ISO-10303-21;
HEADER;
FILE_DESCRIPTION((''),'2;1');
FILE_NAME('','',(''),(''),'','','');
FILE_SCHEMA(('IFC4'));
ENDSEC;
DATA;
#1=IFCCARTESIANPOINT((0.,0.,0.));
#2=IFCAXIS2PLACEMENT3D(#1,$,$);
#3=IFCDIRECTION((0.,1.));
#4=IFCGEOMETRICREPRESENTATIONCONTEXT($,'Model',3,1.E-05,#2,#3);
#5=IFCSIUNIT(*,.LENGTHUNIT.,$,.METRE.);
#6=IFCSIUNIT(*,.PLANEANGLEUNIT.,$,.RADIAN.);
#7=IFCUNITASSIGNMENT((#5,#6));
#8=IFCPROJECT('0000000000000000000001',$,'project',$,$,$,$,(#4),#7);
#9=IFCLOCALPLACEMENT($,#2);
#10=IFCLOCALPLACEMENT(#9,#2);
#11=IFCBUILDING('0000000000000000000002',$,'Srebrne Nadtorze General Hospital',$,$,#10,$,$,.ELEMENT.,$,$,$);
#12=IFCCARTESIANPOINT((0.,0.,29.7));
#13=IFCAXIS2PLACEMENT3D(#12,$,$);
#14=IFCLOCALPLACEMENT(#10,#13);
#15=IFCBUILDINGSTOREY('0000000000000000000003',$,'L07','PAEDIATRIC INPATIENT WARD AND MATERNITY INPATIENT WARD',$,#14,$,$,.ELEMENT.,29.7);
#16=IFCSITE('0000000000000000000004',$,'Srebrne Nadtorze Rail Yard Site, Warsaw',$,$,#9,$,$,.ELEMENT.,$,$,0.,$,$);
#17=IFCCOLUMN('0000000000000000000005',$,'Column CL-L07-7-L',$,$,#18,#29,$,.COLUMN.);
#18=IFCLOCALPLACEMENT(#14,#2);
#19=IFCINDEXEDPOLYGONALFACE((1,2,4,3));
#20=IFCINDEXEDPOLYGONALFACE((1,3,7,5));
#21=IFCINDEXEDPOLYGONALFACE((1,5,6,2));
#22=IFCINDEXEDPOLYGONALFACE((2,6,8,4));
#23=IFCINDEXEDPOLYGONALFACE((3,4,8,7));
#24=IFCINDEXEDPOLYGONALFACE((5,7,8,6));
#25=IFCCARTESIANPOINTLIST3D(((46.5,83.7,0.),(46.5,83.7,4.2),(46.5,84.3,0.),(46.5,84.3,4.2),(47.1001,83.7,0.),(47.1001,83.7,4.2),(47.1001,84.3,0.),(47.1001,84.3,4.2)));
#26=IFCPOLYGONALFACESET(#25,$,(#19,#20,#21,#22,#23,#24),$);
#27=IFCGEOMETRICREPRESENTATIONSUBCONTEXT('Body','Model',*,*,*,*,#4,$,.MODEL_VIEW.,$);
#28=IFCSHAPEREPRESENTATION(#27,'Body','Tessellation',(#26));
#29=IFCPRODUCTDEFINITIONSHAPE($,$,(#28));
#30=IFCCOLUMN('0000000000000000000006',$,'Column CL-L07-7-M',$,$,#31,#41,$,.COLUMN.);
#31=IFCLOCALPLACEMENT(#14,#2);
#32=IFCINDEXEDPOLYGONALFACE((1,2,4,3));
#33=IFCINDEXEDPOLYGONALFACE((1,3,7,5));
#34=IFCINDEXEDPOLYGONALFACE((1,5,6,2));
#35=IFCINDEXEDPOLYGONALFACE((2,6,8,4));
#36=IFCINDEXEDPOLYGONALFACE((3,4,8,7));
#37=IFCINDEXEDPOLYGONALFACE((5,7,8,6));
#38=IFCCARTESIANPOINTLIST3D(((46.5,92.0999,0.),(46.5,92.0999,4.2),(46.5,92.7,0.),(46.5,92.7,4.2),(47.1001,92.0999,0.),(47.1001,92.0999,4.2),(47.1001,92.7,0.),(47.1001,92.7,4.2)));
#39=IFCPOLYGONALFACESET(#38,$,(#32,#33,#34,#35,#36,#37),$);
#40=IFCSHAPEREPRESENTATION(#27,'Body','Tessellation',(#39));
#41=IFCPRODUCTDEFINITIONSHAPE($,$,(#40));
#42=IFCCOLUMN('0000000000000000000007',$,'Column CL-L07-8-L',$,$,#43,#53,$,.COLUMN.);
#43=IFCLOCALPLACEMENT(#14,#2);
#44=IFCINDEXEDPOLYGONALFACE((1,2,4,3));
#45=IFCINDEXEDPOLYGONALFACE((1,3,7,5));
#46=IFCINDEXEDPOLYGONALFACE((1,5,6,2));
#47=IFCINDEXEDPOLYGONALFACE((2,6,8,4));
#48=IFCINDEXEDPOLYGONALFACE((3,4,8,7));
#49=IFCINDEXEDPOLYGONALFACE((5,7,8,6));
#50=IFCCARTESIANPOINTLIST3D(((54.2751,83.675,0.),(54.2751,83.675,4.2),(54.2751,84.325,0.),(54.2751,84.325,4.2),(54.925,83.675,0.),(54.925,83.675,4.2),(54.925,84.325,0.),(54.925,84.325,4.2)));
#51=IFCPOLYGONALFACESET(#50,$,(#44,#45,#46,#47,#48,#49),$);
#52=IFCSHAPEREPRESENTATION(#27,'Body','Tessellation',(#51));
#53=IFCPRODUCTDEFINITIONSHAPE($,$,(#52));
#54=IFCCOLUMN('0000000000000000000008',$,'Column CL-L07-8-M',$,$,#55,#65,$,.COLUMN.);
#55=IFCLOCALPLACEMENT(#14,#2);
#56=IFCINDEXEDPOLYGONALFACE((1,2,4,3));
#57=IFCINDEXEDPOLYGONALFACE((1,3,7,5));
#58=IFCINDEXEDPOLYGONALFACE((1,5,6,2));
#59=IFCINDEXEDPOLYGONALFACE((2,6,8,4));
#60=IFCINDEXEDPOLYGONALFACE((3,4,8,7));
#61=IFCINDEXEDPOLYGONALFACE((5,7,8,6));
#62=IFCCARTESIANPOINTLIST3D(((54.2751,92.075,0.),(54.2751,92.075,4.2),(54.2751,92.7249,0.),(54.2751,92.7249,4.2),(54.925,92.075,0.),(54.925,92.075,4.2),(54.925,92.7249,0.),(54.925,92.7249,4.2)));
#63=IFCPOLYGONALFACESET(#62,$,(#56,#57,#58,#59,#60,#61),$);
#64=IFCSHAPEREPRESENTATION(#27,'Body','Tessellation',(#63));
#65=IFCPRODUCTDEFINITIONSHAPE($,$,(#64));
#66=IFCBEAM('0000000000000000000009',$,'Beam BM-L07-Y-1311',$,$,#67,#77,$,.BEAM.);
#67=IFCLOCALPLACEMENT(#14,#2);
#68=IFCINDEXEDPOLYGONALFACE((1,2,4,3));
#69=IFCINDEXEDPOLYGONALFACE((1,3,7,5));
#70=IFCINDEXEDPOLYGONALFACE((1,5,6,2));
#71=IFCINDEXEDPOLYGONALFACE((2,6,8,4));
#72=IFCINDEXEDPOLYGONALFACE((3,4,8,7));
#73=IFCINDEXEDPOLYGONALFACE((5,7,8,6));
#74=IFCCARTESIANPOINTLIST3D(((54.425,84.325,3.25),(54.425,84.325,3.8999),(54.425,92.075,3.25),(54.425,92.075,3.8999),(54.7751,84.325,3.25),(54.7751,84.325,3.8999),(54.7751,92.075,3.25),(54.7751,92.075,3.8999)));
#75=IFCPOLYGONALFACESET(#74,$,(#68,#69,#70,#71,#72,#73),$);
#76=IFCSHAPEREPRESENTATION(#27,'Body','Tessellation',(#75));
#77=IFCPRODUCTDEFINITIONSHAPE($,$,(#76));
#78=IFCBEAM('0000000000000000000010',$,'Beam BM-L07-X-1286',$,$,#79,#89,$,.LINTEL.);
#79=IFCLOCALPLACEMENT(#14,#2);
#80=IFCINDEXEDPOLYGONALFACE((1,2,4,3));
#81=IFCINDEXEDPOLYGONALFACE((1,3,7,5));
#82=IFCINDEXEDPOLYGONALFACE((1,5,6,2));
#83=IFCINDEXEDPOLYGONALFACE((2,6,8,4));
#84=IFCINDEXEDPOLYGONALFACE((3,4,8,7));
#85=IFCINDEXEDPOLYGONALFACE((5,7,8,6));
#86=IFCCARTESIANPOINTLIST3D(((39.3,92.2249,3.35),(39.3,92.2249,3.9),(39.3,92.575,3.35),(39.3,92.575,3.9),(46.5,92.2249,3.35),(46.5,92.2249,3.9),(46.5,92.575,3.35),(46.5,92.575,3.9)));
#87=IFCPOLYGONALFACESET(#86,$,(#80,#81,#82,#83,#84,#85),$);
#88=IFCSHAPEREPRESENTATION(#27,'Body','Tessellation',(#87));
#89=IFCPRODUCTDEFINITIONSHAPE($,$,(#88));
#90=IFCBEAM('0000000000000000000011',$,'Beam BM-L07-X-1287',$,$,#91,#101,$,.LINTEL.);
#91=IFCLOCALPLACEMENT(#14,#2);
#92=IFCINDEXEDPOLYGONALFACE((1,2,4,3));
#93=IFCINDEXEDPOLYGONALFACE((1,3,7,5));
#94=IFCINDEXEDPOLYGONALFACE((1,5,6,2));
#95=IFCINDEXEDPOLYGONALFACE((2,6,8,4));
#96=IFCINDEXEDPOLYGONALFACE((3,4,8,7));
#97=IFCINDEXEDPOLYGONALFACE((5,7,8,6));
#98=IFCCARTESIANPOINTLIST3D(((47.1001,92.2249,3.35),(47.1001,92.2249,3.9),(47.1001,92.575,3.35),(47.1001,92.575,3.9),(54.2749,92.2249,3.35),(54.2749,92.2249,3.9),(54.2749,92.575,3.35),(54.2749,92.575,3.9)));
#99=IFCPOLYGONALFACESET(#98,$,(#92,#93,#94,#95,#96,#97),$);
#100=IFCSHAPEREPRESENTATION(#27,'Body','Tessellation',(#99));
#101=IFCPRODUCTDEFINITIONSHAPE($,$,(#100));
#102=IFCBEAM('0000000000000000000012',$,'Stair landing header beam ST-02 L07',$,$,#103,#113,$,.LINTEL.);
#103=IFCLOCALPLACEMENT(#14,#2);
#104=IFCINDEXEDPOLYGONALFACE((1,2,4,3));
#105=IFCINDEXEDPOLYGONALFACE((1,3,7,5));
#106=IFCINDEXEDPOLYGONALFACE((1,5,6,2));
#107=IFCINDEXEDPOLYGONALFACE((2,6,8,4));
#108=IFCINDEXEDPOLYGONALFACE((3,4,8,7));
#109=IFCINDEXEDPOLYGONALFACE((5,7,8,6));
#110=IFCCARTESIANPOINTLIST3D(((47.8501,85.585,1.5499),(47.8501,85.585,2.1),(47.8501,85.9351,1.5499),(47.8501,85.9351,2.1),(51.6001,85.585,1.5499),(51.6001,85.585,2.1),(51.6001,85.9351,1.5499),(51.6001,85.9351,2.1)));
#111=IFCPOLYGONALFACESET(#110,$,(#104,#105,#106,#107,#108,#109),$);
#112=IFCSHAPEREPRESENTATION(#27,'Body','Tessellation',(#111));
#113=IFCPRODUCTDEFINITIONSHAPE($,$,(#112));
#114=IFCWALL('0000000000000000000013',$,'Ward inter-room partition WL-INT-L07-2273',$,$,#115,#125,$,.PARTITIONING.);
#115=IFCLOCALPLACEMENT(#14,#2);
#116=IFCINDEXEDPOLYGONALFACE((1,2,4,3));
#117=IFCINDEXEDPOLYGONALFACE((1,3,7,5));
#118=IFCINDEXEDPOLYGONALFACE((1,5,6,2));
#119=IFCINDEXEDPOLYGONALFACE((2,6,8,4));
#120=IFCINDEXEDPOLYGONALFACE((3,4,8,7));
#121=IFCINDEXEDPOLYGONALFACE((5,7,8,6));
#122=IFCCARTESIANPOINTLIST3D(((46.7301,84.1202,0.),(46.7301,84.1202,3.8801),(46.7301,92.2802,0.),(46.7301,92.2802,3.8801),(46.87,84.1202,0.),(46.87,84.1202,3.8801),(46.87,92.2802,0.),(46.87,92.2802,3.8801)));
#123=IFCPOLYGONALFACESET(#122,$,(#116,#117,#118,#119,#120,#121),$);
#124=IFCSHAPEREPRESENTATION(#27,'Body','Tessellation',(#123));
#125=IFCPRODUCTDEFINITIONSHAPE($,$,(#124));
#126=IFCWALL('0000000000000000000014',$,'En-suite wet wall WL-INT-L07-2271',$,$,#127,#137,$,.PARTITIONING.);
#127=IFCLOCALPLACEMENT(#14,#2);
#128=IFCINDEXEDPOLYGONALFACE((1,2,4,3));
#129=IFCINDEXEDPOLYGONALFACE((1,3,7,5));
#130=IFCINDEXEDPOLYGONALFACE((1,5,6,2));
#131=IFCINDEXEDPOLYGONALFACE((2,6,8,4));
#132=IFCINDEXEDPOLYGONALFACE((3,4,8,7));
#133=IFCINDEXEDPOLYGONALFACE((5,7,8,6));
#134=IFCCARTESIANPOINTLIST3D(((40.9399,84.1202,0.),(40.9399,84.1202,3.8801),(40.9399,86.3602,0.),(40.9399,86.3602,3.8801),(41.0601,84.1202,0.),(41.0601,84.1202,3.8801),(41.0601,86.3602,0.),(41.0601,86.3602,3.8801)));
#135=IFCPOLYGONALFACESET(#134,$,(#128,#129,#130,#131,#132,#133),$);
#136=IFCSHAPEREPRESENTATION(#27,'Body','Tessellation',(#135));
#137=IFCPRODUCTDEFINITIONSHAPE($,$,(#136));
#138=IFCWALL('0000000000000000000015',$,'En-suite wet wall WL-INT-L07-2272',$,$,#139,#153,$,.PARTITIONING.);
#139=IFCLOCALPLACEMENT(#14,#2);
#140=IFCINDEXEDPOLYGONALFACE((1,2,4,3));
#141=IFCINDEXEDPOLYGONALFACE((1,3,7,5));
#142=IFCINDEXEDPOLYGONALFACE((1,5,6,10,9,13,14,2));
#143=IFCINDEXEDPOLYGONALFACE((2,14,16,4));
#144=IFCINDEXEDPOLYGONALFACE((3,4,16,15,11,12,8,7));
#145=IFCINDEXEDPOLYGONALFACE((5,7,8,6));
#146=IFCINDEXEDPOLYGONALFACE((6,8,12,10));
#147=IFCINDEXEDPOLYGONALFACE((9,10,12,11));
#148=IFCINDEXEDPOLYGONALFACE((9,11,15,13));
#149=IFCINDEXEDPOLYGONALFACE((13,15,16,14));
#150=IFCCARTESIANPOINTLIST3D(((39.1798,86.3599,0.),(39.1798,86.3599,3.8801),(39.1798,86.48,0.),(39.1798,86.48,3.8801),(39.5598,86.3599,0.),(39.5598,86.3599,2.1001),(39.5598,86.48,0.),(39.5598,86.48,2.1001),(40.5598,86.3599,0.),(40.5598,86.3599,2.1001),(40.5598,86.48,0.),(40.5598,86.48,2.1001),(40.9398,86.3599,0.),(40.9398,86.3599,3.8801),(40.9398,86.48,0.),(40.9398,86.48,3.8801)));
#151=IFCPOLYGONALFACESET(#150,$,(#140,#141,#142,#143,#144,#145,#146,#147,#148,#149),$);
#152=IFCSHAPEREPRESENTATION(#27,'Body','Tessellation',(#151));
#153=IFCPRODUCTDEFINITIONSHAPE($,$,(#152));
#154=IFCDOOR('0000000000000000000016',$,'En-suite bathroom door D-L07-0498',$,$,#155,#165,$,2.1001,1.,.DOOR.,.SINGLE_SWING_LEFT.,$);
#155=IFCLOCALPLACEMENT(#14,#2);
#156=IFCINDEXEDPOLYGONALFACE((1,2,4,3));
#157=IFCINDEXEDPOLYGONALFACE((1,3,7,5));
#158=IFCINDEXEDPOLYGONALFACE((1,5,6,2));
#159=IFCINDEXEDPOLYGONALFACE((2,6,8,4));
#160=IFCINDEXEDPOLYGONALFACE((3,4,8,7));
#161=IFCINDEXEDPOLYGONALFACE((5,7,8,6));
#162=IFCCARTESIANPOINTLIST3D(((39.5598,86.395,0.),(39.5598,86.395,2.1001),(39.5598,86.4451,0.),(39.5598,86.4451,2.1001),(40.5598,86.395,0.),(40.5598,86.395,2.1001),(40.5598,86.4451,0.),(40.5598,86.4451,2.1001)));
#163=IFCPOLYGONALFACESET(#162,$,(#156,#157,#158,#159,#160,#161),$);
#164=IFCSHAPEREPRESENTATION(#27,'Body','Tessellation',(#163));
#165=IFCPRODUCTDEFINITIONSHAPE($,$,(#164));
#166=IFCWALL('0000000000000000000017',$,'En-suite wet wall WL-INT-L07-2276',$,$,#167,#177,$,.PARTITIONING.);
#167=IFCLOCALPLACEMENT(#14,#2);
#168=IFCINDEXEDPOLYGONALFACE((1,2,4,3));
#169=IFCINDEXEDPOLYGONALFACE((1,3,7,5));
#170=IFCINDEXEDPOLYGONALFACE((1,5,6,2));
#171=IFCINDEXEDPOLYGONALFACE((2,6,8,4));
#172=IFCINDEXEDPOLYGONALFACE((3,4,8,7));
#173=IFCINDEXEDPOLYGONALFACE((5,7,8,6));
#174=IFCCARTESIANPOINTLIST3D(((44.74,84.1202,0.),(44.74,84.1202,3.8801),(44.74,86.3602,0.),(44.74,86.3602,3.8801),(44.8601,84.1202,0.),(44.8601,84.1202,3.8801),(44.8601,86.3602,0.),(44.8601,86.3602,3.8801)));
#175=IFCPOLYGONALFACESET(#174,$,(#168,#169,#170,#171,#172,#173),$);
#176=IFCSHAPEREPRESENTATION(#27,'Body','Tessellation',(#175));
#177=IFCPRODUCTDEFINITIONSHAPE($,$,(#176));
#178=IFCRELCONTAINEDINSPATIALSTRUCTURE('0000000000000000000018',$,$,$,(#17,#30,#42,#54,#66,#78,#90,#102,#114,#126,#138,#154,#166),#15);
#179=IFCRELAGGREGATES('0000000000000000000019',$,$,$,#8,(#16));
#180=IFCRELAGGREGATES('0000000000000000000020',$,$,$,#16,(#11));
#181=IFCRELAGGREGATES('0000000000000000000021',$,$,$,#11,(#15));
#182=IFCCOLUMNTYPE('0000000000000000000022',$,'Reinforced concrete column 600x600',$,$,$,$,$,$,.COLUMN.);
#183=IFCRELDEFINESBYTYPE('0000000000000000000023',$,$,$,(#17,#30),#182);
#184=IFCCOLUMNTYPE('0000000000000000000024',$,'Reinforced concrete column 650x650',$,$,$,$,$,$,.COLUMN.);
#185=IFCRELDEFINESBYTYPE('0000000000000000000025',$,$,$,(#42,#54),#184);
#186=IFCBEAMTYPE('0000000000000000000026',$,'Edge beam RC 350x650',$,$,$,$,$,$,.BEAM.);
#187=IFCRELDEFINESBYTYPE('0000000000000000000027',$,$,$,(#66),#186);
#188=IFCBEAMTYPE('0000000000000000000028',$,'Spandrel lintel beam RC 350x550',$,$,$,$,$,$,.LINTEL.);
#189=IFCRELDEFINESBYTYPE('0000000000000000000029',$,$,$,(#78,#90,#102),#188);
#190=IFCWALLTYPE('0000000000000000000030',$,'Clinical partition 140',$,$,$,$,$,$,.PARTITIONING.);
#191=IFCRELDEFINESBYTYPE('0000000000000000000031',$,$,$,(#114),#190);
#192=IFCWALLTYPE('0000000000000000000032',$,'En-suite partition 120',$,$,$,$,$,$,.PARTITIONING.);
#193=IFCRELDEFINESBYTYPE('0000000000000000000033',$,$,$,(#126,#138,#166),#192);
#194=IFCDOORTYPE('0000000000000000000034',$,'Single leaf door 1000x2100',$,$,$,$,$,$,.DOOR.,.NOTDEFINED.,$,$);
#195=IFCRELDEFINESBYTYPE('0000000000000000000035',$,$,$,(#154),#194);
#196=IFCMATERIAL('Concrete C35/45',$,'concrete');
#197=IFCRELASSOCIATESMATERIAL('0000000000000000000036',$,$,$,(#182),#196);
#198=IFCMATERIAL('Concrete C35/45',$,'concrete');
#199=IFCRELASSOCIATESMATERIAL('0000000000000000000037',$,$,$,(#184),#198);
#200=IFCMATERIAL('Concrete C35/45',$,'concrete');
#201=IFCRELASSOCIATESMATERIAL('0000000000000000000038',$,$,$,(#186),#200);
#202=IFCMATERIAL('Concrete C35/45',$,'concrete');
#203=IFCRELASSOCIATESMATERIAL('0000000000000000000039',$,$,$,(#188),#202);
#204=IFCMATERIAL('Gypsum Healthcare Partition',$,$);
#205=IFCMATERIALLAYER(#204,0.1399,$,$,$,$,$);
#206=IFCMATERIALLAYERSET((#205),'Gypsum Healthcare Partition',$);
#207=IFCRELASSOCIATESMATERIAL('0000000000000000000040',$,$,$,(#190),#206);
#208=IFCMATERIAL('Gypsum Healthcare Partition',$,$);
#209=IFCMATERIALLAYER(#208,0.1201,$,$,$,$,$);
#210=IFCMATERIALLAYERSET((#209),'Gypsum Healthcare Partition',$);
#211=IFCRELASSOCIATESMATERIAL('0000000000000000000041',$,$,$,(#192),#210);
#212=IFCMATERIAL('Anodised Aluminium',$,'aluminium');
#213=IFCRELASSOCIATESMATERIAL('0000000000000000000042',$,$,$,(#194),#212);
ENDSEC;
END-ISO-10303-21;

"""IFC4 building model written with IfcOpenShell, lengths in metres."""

from ifc_helpers import new_model, si_unit, direction, frame, frame_2d, origin, origin_2d, place, context, subcontext, project, spatial, rectangle, extrude, material, layer, layer_set, material_profile, profile_set, type_object, element, fill, save


model = new_model("IFC4")

# Units and contexts
model_context = context("Model", 3, precision=1e-05, world=origin(), true_north=direction((0.0, 1.0)))
body_context = subcontext(model_context, "Body", "Model", "MODEL_VIEW")
ifc_project = project(units=[si_unit("LENGTHUNIT", "METRE"), si_unit("PLANEANGLEUNIT", "RADIAN")], contexts=[model_context])

# Site, building, storey
site_placement = place(None, origin())
site = spatial("IfcSite", under=ifc_project, at=site_placement, Name="Srebrne Nadtorze Rail Yard Site, Warsaw", CompositionType="ELEMENT", RefElevation=0.0)
building_placement = place(site_placement, origin())
building = spatial("IfcBuilding", under=site, at=building_placement, Name="Srebrne Nadtorze General Hospital", CompositionType="ELEMENT")
storey_placement = place(building_placement, frame((0.0, 0.0, 29.7)))
storey = spatial("IfcBuildingStorey", under=building, at=storey_placement, Name="L07", Description="PAEDIATRIC INPATIENT WARD AND MATERNITY INPATIENT WARD", CompositionType="ELEMENT", Elevation=29.7)

# Columns
ifc_material_1 = material(Name="Concrete C35/45", Category="concrete")
ifc_material_profile_1 = material_profile(ifc_material_1, rectangle(XDim=0.6001, YDim=0.6001, at=origin_2d()), Name="RC-COL-600x600")
ifc_profile_set_1 = profile_set([ifc_material_profile_1], Name="Concrete C35/45")
column_type_1 = type_object("IfcColumnType", Name="Reinforced concrete column 600x600", PredefinedType="COLUMN", material=ifc_profile_set_1)
for number, where, z_axis, x_axis, name in (
    (1, (46.8, 84.0, 0.0), (0.0, 0.0, 1.0), (1.0, 0.0, 0.0), "Column CL-L07-7-L"),
    (2, (46.8, 92.3999, 0.0), (0.0, 0.0, 1.0), (1.0, 0.0, 0.0), "Column CL-L07-7-M"),
):
    element("IfcColumn", number, at=place(storey_placement, frame(where, z_axis=z_axis, x_axis=x_axis)), inside=storey, type_object=column_type_1, Name=name, PredefinedType="COLUMN", context=body_context, shape_type="SweptSolid", body=[
        extrude(rectangle(XDim=0.6001, YDim=0.6001, at=origin_2d()), origin(), (0.0, 0.0, 1.0), 4.2),
    ])
ifc_material_2 = material(Name="Concrete C35/45", Category="concrete")
ifc_material_profile_2 = material_profile(ifc_material_2, rectangle(XDim=0.6499, YDim=0.6499, at=origin_2d()), Name="RC-COL-650x650")
ifc_profile_set_2 = profile_set([ifc_material_profile_2], Name="Concrete C35/45")
column_type_2 = type_object("IfcColumnType", Name="Reinforced concrete column 650x650", PredefinedType="COLUMN", material=ifc_profile_set_2)
for number, where, z_axis, x_axis, name in (
    (3, (54.6001, 84.0, 0.0), (0.0, 0.0, 1.0), (1.0, 0.0, 0.0), "Column CL-L07-8-L"),
    (4, (54.6001, 92.3999, 0.0), (0.0, 0.0, 1.0), (1.0, 0.0, 0.0), "Column CL-L07-8-M"),
):
    element("IfcColumn", number, at=place(storey_placement, frame(where, z_axis=z_axis, x_axis=x_axis)), inside=storey, type_object=column_type_2, Name=name, PredefinedType="COLUMN", context=body_context, shape_type="SweptSolid", body=[
        extrude(rectangle(XDim=0.6499, YDim=0.6499, at=origin_2d()), origin(), (0.0, 0.0, 1.0), 4.2),
    ])

# Beams
ifc_material_3 = material(Name="Concrete C35/45", Category="concrete")
ifc_material_profile_3 = material_profile(ifc_material_3, rectangle(XDim=0.3501, YDim=0.6499, at=origin_2d()), Name="RC-BM-350x650")
ifc_profile_set_3 = profile_set([ifc_material_profile_3], Name="Concrete C35/45")
beam_type_1 = type_object("IfcBeamType", Name="Edge beam RC 350x650", PredefinedType="BEAM", material=ifc_profile_set_3)
beam_1_placement = place(storey_placement, frame((54.6001, 84.325, 3.575), z_axis=(0.0, 1.0, 0.0), x_axis=(-1.0, 0.0, 0.0)))
element("IfcBeam", 5, at=beam_1_placement, inside=storey, type_object=beam_type_1, Name="Beam BM-L07-Y-1311", PredefinedType="BEAM", context=body_context, shape_type="SweptSolid", body=[
    extrude(rectangle(XDim=0.3501, YDim=0.6499, at=origin_2d()), origin(), (0.0, 0.0, 1.0), 7.75),
])
ifc_material_4 = material(Name="Concrete C35/45", Category="concrete")
ifc_material_profile_4 = material_profile(ifc_material_4, rectangle(XDim=0.3501, YDim=0.55, at=origin_2d()), Name="RC-BM-350x550")
ifc_profile_set_4 = profile_set([ifc_material_profile_4], Name="Concrete C35/45")
beam_type_2 = type_object("IfcBeamType", Name="Spandrel lintel beam RC 350x550", PredefinedType="LINTEL", material=ifc_profile_set_4)
beam_2_placement = place(storey_placement, frame((39.3, 92.3999, 3.625), z_axis=(1.0, 0.0, 0.0), x_axis=(0.0, 1.0, 0.0)))
element("IfcBeam", 6, at=beam_2_placement, inside=storey, type_object=beam_type_2, Name="Beam BM-L07-X-1286", PredefinedType="LINTEL", context=body_context, shape_type="SweptSolid", body=[
    extrude(rectangle(XDim=0.3501, YDim=0.55, at=origin_2d()), origin(), (0.0, 0.0, 1.0), 7.2),
])
beam_3_placement = place(storey_placement, frame((47.1001, 92.3999, 3.625), z_axis=(1.0, 0.0, 0.0), x_axis=(0.0, 1.0, 0.0)))
element("IfcBeam", 7, at=beam_3_placement, inside=storey, type_object=beam_type_2, Name="Beam BM-L07-X-1287", PredefinedType="LINTEL", context=body_context, shape_type="SweptSolid", body=[
    extrude(rectangle(XDim=0.3501, YDim=0.55, at=origin_2d()), origin(), (0.0, 0.0, 1.0), 7.1748),
])
beam_4_placement = place(storey_placement, frame((47.8501, 85.76, 1.825), z_axis=(1.0, 0.0, 0.0), x_axis=(0.0, 1.0, 0.0)))
element("IfcBeam", 8, at=beam_4_placement, inside=storey, type_object=beam_type_2, Name="Stair landing header beam ST-02 L07", PredefinedType="LINTEL", context=body_context, shape_type="SweptSolid", body=[
    extrude(rectangle(XDim=0.3501, YDim=0.55, at=origin_2d()), origin(), (0.0, 0.0, 1.0), 3.75),
])

# Walls
ifc_material_5 = material(Name="Gypsum Healthcare Partition")
ifc_layer_1 = layer(ifc_material_5, 0.1399)
ifc_layer_set_1 = layer_set([ifc_layer_1], Name="Gypsum Healthcare Partition")
wall_type_1 = type_object("IfcWallType", Name="Clinical partition 140", PredefinedType="PARTITIONING", material=ifc_layer_set_1)
wall_1_placement = place(storey_placement, frame((46.8, 84.1201, 0.0), z_axis=(0.0, 0.0, 1.0), x_axis=(0.0, 1.0, 0.0)))
element("IfcWall", 9, at=wall_1_placement, inside=storey, type_object=wall_type_1, Name="Ward inter-room partition WL-INT-L07-2273", PredefinedType="PARTITIONING", context=body_context, shape_type="SweptSolid", body=[
    extrude(rectangle(XDim=8.1599, YDim=0.1399, at=frame_2d((4.0801, 0.0))), origin(), (0.0, 0.0, 1.0), 3.8801),
])
ifc_material_6 = material(Name="Gypsum Healthcare Partition")
ifc_layer_2 = layer(ifc_material_6, 0.1201)
ifc_layer_set_2 = layer_set([ifc_layer_2], Name="Gypsum Healthcare Partition")
wall_type_2 = type_object("IfcWallType", Name="En-suite partition 120", PredefinedType="PARTITIONING", material=ifc_layer_set_2)
wall_2_placement = place(storey_placement, frame((41.0, 84.1201, 0.0), z_axis=(0.0, 0.0, 1.0), x_axis=(0.0, 1.0, 0.0)))
element("IfcWall", 10, at=wall_2_placement, inside=storey, type_object=wall_type_2, Name="En-suite wet wall WL-INT-L07-2271", PredefinedType="PARTITIONING", context=body_context, shape_type="SweptSolid", body=[
    extrude(rectangle(XDim=2.24, YDim=0.1201, at=frame_2d((1.1201, 0.0))), origin(), (0.0, 0.0, 1.0), 3.8801),
])

# Wall, opening, door
wall_3_placement = place(storey_placement, frame((39.1799, 86.4199, 0.0), z_axis=(0.0, 0.0, 1.0), x_axis=(1.0, 0.0, 0.0)))
wall_3 = element("IfcWall", 11, at=wall_3_placement, inside=storey, type_object=wall_type_2, Name="En-suite wet wall WL-INT-L07-2272", PredefinedType="PARTITIONING", context=body_context, shape_type="SweptSolid", body=[
    extrude(rectangle(XDim=1.76, YDim=0.1201, at=frame_2d((0.8799, 0.0))), origin(), (0.0, 0.0, 1.0), 3.8801),
])
opening_1_placement = place(wall_3_placement, frame((0.3799, 0.0, 0.0)))
opening_1 = element("IfcOpeningElement", 12, at=opening_1_placement, cuts=wall_3, PredefinedType="OPENING", context=body_context, shape_type="SweptSolid", body=[
    extrude(rectangle(XDim=1.0, YDim=2.1001, at=frame_2d((0.5, 1.05))), frame((0.0, 0.072, 0.0), z_axis=(0.0, -1.0, 0.0), x_axis=(1.0, 0.0, 0.0)), (0.0, 0.0, 1.0), 0.144),
])
ifc_material_7 = material(Name="Anodised Aluminium", Category="aluminium")
door_type_1 = type_object("IfcDoorType", Name="Single leaf door 1000x2100", OperationType="NOTDEFINED", PredefinedType="DOOR", material=ifc_material_7)
door_1_placement = place(opening_1_placement, frame((1.0, 0.0, 0.0), z_axis=(0.0, 0.0, 1.0), x_axis=(-1.0, 0.0, 0.0)))
door_1 = element("IfcDoor", 13, at=door_1_placement, inside=storey, type_object=door_type_1, Name="En-suite bathroom door D-L07-0498", OperationType="SINGLE_SWING_LEFT", OverallHeight=2.1001, OverallWidth=1.0, PredefinedType="DOOR", context=body_context, shape_type="SweptSolid", body=[
    extrude(rectangle(XDim=1.0, YDim=2.1001, at=frame_2d((0.5, 1.05))), frame((0.0, 0.0249, 0.0), z_axis=(0.0, -1.0, 0.0), x_axis=(1.0, 0.0, 0.0)), (0.0, 0.0, 1.0), 0.05),
])
fill(opening_1, door_1)

# Wall
wall_4_placement = place(storey_placement, frame((44.8, 84.1201, 0.0), z_axis=(0.0, 0.0, 1.0), x_axis=(0.0, 1.0, 0.0)))
element("IfcWall", 14, at=wall_4_placement, inside=storey, type_object=wall_type_2, Name="En-suite wet wall WL-INT-L07-2276", PredefinedType="PARTITIONING", context=body_context, shape_type="SweptSolid", body=[
    extrude(rectangle(XDim=2.24, YDim=0.1201, at=frame_2d((1.1201, 0.0))), origin(), (0.0, 0.0, 1.0), 3.8801),
])

save(model, "model.ifc")
